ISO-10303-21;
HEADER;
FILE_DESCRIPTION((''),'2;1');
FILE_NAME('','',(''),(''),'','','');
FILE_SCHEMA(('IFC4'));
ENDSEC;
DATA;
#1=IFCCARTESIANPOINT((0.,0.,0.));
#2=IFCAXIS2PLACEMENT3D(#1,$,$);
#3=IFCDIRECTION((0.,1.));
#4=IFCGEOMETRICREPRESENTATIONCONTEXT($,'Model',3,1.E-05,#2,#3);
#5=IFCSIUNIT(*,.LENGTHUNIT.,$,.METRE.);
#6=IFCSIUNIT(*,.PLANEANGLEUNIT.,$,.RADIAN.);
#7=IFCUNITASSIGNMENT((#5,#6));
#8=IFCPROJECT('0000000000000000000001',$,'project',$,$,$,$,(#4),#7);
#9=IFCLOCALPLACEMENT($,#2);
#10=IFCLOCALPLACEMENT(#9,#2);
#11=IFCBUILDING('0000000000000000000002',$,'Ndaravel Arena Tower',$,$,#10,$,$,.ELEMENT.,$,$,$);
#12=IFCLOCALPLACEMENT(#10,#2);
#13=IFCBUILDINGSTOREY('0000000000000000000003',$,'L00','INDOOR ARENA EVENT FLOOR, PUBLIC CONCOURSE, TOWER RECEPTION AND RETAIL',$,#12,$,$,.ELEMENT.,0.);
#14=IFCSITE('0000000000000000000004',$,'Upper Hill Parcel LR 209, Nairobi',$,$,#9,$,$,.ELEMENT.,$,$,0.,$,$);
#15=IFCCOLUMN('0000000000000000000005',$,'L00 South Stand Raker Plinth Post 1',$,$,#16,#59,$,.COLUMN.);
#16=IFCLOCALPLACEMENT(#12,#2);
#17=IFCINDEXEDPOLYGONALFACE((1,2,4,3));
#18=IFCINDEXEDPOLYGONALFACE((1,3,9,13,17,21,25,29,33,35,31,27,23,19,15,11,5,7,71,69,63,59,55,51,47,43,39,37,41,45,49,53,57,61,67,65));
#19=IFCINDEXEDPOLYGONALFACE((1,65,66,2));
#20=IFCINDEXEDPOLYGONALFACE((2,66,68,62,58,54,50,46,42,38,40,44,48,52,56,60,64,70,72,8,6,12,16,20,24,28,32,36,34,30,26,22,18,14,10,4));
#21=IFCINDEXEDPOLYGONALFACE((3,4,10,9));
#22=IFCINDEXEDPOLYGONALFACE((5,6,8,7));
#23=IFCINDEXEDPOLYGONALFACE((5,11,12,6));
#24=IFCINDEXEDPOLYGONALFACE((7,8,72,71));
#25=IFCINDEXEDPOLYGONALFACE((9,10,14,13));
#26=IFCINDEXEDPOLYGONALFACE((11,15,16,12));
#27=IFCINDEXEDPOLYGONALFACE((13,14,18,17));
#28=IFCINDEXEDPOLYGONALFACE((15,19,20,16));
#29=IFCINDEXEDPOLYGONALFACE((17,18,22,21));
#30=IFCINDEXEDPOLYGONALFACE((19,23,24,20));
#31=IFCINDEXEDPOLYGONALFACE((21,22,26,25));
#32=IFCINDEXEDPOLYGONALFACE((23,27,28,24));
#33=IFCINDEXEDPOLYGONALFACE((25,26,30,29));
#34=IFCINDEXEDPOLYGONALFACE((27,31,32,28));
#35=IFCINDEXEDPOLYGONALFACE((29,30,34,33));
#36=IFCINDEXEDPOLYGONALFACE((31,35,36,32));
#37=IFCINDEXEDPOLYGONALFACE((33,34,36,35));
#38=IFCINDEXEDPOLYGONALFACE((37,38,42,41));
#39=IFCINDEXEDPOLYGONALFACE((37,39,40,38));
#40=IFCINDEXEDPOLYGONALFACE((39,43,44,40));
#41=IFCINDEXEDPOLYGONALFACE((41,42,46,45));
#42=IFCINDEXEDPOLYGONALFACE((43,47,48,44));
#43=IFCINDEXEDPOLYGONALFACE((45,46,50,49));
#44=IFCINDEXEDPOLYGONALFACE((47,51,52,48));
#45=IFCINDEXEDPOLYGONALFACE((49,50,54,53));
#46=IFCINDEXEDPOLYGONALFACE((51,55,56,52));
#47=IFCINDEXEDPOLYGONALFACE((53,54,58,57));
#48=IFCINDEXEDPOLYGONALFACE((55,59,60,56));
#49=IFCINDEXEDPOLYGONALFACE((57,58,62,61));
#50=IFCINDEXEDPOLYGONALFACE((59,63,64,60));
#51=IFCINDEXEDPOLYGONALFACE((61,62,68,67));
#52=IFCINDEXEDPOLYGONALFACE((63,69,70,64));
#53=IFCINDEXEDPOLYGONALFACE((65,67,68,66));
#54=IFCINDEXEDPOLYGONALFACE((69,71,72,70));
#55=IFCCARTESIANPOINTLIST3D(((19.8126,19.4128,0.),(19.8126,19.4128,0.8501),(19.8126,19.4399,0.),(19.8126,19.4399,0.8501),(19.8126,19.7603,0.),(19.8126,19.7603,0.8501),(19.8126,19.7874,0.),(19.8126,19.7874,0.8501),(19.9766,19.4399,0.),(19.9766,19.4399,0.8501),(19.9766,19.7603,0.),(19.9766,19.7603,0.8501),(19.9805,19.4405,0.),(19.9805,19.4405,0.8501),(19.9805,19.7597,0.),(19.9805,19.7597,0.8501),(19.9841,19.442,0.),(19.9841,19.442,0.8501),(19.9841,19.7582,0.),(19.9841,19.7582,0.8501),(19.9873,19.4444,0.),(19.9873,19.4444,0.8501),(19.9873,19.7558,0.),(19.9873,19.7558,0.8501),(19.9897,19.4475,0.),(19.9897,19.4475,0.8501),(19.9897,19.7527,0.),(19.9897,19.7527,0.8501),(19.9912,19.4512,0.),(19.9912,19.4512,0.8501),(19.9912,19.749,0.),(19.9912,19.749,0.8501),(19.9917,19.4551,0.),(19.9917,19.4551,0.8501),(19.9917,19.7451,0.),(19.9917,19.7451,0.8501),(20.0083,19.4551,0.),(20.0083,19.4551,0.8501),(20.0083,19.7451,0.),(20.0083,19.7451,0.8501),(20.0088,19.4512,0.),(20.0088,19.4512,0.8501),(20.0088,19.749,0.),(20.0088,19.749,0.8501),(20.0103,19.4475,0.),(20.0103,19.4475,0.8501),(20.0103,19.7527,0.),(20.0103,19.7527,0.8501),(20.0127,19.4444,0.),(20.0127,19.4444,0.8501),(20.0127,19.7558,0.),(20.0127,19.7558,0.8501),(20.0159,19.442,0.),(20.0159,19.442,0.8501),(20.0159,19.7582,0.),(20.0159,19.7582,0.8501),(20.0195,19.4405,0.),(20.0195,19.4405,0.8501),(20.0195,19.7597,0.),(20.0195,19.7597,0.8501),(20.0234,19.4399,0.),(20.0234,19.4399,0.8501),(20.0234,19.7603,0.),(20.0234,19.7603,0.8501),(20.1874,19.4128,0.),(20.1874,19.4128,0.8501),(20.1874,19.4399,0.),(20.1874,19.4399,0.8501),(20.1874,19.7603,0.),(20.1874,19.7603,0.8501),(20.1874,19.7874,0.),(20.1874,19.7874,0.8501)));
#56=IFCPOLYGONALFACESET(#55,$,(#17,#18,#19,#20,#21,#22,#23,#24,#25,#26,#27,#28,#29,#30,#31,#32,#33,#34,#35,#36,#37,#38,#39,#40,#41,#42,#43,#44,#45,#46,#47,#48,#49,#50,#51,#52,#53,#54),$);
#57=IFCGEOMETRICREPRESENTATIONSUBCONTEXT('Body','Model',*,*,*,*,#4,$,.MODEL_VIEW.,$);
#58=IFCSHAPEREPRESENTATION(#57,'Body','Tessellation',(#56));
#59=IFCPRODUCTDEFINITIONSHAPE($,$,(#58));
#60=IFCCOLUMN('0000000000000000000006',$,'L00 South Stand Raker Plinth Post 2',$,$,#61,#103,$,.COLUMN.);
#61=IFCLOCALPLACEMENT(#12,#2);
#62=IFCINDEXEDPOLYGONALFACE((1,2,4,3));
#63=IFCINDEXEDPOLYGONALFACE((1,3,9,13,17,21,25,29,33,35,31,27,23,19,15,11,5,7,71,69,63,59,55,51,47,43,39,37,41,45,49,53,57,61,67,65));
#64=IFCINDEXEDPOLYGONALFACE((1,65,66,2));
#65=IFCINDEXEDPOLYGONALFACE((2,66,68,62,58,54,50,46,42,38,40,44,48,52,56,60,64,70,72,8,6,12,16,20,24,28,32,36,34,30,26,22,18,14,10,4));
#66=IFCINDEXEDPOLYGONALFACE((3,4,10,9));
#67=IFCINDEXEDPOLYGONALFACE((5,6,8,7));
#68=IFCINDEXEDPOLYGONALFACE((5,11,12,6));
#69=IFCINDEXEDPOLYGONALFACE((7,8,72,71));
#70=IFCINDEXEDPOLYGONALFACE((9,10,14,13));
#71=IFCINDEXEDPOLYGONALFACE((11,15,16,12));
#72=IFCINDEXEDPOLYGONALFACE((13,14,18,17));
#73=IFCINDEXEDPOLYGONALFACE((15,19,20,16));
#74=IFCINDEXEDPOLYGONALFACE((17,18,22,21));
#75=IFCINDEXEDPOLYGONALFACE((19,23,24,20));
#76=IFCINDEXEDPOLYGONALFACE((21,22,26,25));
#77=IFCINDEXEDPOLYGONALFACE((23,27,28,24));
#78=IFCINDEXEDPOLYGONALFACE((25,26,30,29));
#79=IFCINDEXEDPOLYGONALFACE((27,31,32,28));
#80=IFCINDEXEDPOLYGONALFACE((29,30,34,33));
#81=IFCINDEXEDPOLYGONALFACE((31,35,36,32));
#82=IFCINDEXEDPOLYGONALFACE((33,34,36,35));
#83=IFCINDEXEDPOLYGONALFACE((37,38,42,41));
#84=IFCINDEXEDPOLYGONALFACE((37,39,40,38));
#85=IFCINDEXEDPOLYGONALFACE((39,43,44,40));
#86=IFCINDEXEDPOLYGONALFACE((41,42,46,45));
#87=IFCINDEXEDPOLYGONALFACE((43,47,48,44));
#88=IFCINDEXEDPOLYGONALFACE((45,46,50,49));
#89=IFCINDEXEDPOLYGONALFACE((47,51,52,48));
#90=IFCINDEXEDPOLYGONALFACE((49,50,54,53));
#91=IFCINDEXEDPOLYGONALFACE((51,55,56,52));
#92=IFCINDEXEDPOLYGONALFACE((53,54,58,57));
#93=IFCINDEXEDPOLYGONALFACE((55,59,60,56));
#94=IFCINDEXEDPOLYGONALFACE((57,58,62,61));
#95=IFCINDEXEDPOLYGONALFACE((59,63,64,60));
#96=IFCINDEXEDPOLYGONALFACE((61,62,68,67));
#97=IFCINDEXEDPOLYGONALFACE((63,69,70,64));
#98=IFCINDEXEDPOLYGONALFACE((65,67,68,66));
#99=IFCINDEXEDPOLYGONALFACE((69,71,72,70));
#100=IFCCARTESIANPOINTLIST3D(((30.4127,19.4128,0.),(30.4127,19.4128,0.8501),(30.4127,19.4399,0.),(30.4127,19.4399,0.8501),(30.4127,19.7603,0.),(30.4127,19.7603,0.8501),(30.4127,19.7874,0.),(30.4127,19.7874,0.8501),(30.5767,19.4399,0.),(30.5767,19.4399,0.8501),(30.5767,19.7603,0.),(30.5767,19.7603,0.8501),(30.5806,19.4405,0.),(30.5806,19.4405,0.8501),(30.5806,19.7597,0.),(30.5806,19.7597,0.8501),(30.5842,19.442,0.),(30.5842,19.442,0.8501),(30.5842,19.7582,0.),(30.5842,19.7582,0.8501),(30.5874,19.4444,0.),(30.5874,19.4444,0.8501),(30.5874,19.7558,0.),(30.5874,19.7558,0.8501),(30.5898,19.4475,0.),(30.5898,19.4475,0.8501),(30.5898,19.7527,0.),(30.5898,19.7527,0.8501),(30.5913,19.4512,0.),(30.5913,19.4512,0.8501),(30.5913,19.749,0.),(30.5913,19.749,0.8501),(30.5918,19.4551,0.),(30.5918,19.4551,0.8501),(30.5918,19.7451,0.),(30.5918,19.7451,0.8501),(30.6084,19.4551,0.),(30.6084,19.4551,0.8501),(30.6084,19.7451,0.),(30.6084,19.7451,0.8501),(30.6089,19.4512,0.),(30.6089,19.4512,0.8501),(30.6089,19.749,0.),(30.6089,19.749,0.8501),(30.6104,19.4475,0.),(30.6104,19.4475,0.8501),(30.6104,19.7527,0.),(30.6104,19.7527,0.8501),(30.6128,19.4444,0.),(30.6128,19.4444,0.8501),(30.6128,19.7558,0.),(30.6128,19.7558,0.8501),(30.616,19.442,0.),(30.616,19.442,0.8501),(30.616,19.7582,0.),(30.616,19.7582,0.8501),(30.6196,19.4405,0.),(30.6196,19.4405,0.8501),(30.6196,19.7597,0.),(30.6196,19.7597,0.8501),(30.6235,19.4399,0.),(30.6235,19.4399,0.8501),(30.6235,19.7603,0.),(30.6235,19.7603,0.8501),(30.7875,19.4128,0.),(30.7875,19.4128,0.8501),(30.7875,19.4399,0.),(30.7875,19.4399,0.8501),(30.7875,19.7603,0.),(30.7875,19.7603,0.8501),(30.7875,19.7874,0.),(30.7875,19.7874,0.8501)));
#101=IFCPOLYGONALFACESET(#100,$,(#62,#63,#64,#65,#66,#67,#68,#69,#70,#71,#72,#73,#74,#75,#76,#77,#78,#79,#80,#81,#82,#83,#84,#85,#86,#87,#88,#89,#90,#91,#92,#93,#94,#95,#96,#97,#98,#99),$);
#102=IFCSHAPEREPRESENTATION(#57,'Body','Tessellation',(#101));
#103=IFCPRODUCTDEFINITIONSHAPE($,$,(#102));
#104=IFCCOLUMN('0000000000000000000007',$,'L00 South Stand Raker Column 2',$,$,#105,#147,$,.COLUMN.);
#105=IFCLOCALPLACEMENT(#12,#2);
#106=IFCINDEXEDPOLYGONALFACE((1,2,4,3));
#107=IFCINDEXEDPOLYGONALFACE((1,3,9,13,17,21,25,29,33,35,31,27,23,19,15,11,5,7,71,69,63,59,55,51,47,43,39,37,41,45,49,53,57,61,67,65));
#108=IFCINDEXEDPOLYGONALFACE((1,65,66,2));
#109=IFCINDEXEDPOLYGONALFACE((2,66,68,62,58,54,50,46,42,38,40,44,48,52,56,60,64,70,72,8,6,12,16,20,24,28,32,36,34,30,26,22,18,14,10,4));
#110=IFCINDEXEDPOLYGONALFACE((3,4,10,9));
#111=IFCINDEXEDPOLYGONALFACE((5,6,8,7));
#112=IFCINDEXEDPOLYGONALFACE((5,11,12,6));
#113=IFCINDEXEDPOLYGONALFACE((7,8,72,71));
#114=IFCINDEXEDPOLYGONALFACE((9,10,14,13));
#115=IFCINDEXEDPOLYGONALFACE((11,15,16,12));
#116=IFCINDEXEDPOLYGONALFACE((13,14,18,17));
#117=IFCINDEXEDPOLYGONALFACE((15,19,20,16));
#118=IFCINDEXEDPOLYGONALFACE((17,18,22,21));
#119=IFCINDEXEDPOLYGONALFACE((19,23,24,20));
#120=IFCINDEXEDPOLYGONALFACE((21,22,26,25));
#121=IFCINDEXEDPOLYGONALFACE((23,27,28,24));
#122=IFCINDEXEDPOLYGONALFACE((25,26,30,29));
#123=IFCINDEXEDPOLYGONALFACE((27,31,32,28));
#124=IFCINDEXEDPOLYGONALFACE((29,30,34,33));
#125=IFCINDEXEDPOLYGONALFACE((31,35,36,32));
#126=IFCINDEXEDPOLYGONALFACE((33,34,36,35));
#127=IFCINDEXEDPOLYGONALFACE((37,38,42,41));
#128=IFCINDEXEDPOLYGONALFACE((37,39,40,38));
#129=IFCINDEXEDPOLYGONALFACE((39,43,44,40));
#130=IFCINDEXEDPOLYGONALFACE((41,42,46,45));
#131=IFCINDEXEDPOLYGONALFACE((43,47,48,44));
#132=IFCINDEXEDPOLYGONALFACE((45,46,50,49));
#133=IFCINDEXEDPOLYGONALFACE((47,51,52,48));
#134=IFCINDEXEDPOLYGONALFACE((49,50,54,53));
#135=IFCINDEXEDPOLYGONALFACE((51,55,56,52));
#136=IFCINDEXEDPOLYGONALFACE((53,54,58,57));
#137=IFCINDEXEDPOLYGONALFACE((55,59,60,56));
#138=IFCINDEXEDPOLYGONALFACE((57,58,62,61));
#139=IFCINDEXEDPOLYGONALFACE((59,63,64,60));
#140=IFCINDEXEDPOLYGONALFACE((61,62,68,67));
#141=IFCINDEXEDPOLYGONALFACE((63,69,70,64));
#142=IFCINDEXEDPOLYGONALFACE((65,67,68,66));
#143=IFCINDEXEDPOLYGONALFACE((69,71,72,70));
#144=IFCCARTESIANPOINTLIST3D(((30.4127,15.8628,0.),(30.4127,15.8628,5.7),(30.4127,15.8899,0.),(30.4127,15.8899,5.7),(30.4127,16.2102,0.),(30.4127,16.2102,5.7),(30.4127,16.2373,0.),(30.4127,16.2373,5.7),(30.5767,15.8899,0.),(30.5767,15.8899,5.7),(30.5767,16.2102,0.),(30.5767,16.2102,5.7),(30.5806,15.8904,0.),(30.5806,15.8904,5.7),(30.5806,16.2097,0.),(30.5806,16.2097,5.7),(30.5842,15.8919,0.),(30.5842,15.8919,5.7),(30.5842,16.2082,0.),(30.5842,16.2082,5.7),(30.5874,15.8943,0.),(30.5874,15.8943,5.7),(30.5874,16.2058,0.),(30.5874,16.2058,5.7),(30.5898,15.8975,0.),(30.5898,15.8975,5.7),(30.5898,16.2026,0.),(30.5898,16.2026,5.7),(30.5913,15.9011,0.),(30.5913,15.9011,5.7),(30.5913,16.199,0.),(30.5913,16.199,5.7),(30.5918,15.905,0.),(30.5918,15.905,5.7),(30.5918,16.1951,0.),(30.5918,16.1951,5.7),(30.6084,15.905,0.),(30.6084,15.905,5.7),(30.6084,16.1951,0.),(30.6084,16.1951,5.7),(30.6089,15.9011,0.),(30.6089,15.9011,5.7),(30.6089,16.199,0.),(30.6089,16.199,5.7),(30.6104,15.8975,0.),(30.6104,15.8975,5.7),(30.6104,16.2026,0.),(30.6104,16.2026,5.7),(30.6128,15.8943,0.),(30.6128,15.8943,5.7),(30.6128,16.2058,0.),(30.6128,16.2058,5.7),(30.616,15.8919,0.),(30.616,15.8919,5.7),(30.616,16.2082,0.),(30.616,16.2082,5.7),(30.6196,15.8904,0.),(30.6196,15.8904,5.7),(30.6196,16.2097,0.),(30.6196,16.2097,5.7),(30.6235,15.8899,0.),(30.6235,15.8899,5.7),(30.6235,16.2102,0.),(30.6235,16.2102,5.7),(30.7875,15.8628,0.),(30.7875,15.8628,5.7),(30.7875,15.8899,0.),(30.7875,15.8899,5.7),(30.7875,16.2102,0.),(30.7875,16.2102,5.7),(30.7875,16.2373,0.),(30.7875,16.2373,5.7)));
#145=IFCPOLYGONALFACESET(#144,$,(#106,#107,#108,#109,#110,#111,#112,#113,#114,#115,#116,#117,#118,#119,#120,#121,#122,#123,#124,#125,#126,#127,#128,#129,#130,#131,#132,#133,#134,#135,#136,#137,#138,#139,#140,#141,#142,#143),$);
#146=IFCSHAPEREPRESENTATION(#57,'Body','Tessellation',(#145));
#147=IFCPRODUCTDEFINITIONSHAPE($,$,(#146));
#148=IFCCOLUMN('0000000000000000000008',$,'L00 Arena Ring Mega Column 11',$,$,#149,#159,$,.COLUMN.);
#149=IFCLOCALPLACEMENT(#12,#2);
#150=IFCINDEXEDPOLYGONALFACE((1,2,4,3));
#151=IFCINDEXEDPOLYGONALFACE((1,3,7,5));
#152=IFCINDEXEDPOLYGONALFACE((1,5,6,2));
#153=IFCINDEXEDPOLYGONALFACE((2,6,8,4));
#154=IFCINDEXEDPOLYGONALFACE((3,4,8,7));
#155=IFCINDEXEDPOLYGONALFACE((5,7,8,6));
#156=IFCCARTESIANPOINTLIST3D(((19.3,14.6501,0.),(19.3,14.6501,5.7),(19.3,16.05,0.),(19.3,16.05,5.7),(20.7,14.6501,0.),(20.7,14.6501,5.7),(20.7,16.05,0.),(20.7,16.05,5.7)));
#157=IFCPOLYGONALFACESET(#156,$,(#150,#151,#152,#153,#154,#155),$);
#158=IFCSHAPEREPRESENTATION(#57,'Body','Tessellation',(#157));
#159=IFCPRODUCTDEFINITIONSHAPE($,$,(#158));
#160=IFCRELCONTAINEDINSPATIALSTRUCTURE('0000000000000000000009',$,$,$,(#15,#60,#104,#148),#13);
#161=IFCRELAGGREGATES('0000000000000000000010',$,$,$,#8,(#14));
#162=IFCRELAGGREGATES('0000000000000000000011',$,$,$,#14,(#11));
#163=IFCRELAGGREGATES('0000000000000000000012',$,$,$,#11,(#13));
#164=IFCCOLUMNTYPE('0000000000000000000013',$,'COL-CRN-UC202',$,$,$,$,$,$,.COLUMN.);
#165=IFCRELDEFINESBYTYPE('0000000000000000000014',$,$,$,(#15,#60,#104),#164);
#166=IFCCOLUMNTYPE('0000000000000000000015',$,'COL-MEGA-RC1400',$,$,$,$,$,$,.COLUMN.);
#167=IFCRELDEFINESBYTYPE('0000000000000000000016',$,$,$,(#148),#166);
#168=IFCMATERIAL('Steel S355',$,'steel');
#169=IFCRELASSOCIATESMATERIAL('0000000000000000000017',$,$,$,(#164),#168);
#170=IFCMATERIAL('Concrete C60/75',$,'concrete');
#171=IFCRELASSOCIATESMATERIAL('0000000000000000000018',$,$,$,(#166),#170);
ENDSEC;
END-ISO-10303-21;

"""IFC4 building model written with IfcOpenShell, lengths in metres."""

from ifc_helpers import new_model, si_unit, direction, frame, origin, origin_2d, place, context, subcontext, project, spatial, rectangle, i_section, extrude, material, material_profile, profile_set, type_object, element, save


model = new_model("IFC4")

# Units and contexts
model_context = context("Model", 3, precision=1e-05, world=origin(), true_north=direction((0.0, 1.0)))
body_context = subcontext(model_context, "Body", "Model", "MODEL_VIEW")
ifc_project = project(units=[si_unit("LENGTHUNIT", "METRE"), si_unit("PLANEANGLEUNIT", "RADIAN")], contexts=[model_context])

# Site, building, storey
site_placement = place(None, origin())
site = spatial("IfcSite", under=ifc_project, at=site_placement, Name="Upper Hill Parcel LR 209, Nairobi", CompositionType="ELEMENT", RefElevation=0.0)
building_placement = place(site_placement, origin())
building = spatial("IfcBuilding", under=site, at=building_placement, Name="Ndaravel Arena Tower", CompositionType="ELEMENT")
storey_placement = place(building_placement, origin())
storey = spatial("IfcBuildingStorey", under=building, at=storey_placement, Name="L00", Description="INDOOR ARENA EVENT FLOOR, PUBLIC CONCOURSE, TOWER RECEPTION AND RETAIL", CompositionType="ELEMENT", Elevation=0.0)

# Columns
ifc_material_1 = material(Name="Steel S355", Category="steel")
ifc_material_profile_1 = material_profile(ifc_material_1, i_section(OverallWidth=0.3748, OverallDepth=0.3745, WebThickness=0.0166, FlangeThickness=0.0271, FilletRadius=0.0151, at=origin_2d()), Name="UC 356x368x202")
ifc_profile_set_1 = profile_set([ifc_material_profile_1], Name="Steel S355")
column_type_1 = type_object("IfcColumnType", Name="COL-CRN-UC202", PredefinedType="COLUMN", material=ifc_profile_set_1)
for number, where, z_axis, x_axis, name in (
    (1, (20.0, 19.6001, 0.0), (0.0, 0.0, 1.0), (1.0, 0.0, 0.0), "L00 South Stand Raker Plinth Post 1"),
    (2, (30.6001, 19.6001, 0.0), (0.0, 0.0, 1.0), (1.0, 0.0, 0.0), "L00 South Stand Raker Plinth Post 2"),
):
    element("IfcColumn", number, at=place(storey_placement, frame(where, z_axis=z_axis, x_axis=x_axis)), inside=storey, type_object=column_type_1, Name=name, PredefinedType="COLUMN", context=body_context, shape_type="SweptSolid", body=[
        extrude(i_section(OverallWidth=0.3748, OverallDepth=0.3745, WebThickness=0.0166, FlangeThickness=0.0271, FilletRadius=0.0151, at=origin_2d()), origin(), (0.0, 0.0, 1.0), 0.8501),
    ])
column_1_placement = place(storey_placement, frame((30.6001, 16.05, 0.0), z_axis=(0.0, 0.0, 1.0), x_axis=(1.0, 0.0, 0.0)))
element("IfcColumn", 3, at=column_1_placement, inside=storey, type_object=column_type_1, Name="L00 South Stand Raker Column 2", PredefinedType="COLUMN", context=body_context, shape_type="SweptSolid", body=[
    extrude(i_section(OverallWidth=0.3748, OverallDepth=0.3745, WebThickness=0.0166, FlangeThickness=0.0271, FilletRadius=0.0151, at=origin_2d()), origin(), (0.0, 0.0, 1.0), 5.7),
])
ifc_material_2 = material(Name="Concrete C60/75", Category="concrete")
ifc_material_profile_2 = material_profile(ifc_material_2, rectangle(XDim=1.3999, YDim=1.3999, at=origin_2d()), Name="RC 1400x1400")
ifc_profile_set_2 = profile_set([ifc_material_profile_2], Name="Concrete C60/75")
column_type_2 = type_object("IfcColumnType", Name="COL-MEGA-RC1400", PredefinedType="COLUMN", material=ifc_profile_set_2)
column_2_placement = place(storey_placement, frame((20.0, 15.3501, 0.0), z_axis=(0.0, 0.0, 1.0), x_axis=(1.0, 0.0, 0.0)))
element("IfcColumn", 4, at=column_2_placement, inside=storey, type_object=column_type_2, Name="L00 Arena Ring Mega Column 11", PredefinedType="COLUMN", context=body_context, shape_type="SweptSolid", body=[
    extrude(rectangle(XDim=1.3999, YDim=1.3999, at=origin_2d()), origin(), (0.0, 0.0, 1.0), 5.7),
])

save(model, "model.ifc")
